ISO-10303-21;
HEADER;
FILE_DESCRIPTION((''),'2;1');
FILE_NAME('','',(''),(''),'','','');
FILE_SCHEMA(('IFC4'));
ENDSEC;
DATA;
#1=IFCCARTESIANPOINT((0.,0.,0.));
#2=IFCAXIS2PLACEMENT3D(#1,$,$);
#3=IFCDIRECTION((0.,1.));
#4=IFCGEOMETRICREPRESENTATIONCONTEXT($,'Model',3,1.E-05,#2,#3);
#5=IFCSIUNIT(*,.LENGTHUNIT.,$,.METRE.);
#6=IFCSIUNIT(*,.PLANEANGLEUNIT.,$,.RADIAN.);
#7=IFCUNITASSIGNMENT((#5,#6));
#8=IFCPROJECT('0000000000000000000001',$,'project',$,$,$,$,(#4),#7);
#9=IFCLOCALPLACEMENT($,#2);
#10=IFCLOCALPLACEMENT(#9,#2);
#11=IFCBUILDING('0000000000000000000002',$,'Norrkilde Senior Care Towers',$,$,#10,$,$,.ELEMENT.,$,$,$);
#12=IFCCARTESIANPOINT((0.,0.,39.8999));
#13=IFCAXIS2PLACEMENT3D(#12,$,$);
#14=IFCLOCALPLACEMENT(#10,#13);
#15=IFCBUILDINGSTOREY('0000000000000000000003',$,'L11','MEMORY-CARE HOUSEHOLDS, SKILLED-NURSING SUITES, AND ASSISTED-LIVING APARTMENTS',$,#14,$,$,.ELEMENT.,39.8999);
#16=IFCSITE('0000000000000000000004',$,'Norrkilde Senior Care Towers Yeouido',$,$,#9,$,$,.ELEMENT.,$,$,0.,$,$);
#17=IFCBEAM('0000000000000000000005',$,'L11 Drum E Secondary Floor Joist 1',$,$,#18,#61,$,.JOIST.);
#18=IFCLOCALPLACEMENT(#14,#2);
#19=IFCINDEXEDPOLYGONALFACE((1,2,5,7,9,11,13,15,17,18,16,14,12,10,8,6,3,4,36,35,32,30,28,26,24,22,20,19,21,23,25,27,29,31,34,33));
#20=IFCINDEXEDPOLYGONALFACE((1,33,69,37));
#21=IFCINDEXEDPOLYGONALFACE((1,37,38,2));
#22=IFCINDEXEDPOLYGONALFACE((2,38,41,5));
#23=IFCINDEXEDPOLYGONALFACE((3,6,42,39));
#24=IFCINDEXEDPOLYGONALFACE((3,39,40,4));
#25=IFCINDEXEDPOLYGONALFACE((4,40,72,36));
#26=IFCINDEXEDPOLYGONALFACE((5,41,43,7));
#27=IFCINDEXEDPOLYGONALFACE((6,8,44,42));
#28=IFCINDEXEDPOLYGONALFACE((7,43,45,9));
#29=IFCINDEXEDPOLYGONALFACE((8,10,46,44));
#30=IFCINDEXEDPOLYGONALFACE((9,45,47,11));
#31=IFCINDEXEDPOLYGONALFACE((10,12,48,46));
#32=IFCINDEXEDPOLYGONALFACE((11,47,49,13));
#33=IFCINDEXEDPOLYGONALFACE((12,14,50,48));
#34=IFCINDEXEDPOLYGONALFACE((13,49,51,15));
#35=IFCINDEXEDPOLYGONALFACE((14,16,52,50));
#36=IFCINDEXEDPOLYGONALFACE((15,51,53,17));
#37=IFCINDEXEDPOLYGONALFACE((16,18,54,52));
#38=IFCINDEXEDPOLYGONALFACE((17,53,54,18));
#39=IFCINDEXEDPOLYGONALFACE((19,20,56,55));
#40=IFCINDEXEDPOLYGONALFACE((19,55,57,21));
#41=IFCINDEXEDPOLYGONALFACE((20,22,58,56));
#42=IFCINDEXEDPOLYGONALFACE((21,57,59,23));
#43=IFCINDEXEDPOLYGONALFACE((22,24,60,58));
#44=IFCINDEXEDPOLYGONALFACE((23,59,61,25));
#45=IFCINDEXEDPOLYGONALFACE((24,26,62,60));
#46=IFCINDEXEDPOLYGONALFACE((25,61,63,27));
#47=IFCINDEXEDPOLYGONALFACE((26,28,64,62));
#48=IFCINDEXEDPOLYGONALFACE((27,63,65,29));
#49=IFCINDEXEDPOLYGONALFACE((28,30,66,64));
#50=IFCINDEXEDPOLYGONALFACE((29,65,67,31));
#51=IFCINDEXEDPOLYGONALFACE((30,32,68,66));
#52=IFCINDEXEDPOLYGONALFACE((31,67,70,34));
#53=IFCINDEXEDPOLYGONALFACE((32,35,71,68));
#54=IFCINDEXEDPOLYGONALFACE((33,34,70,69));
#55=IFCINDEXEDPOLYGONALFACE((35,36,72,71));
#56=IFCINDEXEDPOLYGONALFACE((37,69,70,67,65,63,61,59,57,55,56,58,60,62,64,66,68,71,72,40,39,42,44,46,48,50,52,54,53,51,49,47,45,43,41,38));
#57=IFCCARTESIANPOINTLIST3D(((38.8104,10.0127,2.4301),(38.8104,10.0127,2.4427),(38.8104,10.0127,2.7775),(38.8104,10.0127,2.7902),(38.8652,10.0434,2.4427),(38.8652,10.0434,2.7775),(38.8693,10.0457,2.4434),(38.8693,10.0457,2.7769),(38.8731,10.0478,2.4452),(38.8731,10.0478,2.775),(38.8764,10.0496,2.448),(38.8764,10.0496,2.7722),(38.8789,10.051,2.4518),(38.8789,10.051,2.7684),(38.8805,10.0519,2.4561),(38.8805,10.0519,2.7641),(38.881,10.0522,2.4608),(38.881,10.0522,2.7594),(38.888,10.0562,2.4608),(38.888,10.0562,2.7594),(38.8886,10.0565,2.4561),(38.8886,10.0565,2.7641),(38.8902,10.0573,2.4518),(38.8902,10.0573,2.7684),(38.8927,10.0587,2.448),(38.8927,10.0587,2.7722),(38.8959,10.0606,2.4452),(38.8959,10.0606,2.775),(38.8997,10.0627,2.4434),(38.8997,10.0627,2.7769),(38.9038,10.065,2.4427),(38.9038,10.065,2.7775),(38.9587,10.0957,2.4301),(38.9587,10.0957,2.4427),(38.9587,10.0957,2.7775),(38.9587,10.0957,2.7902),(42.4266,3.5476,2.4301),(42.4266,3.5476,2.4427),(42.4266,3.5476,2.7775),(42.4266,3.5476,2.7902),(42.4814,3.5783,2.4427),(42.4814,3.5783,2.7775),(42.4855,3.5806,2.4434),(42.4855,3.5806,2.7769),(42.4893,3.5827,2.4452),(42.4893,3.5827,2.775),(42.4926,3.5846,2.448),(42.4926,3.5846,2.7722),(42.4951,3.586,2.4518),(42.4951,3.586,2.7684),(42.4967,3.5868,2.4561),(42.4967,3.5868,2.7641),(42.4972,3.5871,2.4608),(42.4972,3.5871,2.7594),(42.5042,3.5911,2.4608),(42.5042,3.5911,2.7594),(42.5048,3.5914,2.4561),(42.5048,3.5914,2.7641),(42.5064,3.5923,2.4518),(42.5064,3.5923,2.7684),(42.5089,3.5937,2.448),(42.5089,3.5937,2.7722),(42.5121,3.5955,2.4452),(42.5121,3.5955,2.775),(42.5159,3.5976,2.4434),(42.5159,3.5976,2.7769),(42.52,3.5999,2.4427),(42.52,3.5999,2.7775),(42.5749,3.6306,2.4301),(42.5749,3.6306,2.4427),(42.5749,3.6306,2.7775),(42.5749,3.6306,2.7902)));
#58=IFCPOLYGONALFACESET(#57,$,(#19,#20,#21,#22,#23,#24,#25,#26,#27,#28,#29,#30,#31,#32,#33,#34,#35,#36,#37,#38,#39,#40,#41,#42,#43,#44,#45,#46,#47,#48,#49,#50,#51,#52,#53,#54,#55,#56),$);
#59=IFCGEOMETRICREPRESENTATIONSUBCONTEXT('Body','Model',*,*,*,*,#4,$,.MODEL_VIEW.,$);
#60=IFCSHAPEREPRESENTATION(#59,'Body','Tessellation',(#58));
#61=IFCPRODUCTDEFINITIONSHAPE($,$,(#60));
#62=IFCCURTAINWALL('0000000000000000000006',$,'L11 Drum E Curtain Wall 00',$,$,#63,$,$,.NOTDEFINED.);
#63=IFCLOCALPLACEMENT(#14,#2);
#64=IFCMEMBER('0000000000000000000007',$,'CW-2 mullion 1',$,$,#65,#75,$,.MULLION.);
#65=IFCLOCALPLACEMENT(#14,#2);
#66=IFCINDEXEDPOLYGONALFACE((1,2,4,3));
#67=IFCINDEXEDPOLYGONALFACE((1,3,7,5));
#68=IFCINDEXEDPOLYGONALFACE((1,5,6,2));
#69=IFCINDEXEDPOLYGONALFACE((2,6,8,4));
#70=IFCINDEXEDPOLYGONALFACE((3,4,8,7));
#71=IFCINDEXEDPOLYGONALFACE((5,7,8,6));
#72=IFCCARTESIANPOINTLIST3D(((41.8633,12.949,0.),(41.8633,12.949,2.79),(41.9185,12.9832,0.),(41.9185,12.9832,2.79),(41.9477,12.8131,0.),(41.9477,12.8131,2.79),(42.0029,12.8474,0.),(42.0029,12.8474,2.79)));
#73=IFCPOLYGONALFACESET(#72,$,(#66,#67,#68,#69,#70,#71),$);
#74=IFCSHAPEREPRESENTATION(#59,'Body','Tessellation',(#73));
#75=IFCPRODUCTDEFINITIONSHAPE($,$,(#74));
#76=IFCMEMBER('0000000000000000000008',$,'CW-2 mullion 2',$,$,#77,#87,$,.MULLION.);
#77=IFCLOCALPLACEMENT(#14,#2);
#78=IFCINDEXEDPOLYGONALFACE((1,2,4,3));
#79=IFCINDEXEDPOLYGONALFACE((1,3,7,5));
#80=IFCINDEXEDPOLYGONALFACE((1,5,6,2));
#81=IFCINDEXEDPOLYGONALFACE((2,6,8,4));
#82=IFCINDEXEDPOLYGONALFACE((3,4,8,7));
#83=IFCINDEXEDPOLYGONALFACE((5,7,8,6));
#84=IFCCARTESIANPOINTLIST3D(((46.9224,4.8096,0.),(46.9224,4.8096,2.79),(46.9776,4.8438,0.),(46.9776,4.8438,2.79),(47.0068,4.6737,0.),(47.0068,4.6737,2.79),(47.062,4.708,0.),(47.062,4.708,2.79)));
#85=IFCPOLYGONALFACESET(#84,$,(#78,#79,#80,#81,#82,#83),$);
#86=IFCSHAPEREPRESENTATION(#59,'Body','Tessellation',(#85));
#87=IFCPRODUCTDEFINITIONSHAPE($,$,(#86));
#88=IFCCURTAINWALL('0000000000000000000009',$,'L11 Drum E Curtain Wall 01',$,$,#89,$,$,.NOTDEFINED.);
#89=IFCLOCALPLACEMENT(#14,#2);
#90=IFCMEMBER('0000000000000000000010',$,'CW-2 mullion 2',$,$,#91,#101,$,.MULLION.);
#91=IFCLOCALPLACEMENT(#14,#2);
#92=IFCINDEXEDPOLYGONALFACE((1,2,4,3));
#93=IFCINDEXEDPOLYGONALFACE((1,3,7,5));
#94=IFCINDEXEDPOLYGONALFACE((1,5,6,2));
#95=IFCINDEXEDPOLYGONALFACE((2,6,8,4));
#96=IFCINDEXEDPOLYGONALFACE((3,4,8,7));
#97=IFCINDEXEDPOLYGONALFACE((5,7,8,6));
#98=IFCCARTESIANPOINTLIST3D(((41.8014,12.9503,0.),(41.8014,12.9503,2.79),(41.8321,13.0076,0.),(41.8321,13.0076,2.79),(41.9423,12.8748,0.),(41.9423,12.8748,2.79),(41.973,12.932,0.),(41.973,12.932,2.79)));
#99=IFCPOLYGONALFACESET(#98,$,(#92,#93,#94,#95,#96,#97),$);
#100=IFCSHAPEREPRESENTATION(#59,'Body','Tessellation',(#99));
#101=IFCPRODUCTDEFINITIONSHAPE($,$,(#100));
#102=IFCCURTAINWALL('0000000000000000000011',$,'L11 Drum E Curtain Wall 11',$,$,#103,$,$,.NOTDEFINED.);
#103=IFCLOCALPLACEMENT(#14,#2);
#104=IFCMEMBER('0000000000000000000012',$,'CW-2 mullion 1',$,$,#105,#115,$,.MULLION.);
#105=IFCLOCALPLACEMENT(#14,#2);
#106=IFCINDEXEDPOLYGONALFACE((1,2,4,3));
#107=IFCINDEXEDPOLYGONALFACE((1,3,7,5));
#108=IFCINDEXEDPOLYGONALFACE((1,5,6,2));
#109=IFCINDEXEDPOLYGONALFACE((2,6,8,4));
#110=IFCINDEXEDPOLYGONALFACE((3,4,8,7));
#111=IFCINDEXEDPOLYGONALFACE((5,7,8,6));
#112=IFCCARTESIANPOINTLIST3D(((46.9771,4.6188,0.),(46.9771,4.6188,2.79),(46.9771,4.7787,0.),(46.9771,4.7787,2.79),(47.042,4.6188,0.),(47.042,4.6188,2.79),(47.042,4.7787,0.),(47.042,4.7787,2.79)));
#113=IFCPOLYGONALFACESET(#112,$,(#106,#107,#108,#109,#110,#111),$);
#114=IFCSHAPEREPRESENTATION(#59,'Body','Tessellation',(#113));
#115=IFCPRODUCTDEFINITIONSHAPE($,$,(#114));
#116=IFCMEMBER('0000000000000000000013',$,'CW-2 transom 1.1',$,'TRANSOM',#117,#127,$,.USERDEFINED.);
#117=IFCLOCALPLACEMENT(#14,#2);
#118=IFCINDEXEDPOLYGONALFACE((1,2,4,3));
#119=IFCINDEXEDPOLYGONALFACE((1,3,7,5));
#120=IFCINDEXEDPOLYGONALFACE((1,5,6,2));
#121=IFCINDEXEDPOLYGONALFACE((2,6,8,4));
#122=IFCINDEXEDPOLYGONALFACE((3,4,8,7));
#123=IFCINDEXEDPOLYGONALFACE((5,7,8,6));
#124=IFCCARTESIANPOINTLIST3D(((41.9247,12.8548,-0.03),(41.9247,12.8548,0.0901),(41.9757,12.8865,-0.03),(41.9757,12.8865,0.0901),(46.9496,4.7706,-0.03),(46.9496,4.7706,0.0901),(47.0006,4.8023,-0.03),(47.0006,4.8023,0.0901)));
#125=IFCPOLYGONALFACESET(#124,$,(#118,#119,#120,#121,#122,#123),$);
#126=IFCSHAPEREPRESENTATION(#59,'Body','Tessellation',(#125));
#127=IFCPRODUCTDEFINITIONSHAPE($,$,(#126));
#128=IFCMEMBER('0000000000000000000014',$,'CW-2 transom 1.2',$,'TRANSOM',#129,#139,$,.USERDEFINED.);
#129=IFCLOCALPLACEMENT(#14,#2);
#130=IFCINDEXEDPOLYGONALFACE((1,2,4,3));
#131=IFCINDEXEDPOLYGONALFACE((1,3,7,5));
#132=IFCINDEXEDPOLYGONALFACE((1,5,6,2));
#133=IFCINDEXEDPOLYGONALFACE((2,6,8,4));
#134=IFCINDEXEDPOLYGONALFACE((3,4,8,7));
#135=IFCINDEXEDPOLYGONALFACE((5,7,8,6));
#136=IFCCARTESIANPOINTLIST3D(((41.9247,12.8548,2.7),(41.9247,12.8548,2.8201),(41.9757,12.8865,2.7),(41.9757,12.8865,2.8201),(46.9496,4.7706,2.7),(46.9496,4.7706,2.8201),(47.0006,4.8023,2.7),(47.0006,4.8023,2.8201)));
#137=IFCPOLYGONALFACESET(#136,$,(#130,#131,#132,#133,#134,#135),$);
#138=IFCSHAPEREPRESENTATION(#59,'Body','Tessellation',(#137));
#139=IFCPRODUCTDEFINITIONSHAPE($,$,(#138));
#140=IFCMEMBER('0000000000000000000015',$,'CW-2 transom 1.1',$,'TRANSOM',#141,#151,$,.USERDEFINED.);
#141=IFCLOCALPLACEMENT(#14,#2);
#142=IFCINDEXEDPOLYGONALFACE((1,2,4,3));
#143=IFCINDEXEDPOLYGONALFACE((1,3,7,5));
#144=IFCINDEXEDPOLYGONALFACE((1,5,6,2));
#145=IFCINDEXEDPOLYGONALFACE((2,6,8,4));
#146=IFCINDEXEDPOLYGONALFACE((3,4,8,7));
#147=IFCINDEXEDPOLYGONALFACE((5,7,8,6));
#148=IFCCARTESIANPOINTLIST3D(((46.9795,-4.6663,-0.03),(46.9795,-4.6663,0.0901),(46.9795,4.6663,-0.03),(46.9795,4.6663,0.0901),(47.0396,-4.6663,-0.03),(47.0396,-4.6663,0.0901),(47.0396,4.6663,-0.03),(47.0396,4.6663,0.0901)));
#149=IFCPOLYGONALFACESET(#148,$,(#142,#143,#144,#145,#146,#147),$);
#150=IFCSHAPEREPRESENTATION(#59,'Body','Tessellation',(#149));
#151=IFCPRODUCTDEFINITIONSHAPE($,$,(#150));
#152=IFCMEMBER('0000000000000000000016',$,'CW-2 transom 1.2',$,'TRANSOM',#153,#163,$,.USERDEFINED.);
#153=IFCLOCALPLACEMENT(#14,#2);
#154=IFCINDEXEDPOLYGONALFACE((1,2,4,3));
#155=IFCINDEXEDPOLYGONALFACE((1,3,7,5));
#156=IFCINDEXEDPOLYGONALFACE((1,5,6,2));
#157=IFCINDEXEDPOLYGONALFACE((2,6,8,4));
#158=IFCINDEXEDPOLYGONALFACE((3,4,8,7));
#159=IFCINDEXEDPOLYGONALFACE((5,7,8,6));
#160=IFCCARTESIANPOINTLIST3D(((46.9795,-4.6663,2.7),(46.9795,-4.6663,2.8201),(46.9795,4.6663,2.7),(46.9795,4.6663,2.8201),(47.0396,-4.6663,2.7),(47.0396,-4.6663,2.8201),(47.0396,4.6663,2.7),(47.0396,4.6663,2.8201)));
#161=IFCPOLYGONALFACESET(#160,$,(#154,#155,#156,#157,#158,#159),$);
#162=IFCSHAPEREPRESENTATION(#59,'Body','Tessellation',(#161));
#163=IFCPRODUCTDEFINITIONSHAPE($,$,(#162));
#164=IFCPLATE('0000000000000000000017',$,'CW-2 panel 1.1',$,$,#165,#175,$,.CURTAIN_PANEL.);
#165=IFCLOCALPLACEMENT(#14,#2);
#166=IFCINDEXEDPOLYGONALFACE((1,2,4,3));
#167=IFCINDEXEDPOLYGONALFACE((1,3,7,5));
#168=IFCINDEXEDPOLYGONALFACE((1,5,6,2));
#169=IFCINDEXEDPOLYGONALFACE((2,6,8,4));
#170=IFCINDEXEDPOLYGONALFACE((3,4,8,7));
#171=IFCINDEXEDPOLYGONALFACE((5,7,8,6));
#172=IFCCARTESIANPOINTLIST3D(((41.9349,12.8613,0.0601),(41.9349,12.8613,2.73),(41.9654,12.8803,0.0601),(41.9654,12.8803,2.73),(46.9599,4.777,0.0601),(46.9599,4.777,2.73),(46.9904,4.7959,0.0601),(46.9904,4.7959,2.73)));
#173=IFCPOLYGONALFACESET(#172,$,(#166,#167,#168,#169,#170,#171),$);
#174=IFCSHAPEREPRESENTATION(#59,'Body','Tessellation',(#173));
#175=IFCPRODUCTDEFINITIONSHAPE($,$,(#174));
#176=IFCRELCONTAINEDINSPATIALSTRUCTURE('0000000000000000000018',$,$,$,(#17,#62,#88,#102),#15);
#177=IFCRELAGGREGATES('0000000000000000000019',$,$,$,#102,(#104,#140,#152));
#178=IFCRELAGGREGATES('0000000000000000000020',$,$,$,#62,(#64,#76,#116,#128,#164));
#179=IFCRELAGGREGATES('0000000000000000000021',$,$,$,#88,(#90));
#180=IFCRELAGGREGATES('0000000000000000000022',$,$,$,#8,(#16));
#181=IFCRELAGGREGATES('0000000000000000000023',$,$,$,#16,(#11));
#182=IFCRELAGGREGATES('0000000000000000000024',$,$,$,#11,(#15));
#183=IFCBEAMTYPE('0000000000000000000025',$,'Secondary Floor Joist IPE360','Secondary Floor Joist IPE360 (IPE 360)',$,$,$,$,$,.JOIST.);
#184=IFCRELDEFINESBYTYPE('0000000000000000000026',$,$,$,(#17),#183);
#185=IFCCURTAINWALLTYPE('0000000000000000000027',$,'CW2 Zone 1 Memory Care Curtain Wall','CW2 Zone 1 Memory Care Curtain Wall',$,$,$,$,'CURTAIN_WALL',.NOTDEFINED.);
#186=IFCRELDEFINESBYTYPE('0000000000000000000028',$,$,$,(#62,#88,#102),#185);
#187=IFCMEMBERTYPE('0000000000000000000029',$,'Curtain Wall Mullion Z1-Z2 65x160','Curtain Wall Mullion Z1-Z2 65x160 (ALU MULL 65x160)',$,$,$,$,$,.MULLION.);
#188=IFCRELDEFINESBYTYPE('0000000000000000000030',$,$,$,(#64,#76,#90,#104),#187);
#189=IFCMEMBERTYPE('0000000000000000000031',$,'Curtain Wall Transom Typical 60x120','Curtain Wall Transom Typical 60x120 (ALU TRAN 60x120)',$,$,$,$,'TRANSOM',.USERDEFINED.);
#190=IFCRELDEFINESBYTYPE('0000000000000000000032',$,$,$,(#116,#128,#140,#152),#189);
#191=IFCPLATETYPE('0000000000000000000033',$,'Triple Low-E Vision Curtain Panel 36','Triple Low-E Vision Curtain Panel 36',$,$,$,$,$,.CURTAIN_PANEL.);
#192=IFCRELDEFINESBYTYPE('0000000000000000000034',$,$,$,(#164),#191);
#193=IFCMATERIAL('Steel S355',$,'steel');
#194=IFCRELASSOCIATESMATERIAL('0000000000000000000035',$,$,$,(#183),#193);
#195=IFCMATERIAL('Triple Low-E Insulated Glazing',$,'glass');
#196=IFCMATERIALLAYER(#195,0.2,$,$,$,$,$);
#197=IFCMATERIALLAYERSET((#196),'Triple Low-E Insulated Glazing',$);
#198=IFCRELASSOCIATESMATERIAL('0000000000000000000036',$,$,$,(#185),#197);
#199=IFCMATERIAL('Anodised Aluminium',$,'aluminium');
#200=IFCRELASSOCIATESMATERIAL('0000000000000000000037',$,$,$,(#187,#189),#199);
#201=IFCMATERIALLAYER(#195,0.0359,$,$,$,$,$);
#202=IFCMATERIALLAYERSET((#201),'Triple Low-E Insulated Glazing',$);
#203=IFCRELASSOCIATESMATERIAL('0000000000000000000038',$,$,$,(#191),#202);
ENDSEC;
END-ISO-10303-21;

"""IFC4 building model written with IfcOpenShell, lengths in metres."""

from ifc_helpers import new_model, si_unit, direction, frame, origin, origin_2d, place, context, subcontext, project, spatial, rectangle, i_section, extrude, source, transform, mapped, material, layer, layer_set, material_profile, profile_set, type_object, type_shapes, element, aggregate, save


model = new_model("IFC4")

# Units and contexts
model_context = context("Model", 3, precision=1e-05, world=origin(), true_north=direction((0.0, 1.0)))
body_context = subcontext(model_context, "Body", "Model", "MODEL_VIEW")
ifc_project = project(units=[si_unit("LENGTHUNIT", "METRE"), si_unit("PLANEANGLEUNIT", "RADIAN")], contexts=[model_context])

# Site, building, storey
site_placement = place(None, origin())
site = spatial("IfcSite", under=ifc_project, at=site_placement, Name="Norrkilde Senior Care Towers Yeouido", CompositionType="ELEMENT", RefElevation=0.0)
building_placement = place(site_placement, origin())
building = spatial("IfcBuilding", under=site, at=building_placement, Name="Norrkilde Senior Care Towers", CompositionType="ELEMENT")
storey_placement = place(building_placement, frame((0.0, 0.0, 39.8999)))
storey = spatial("IfcBuildingStorey", under=building, at=storey_placement, Name="L11", Description="MEMORY-CARE HOUSEHOLDS, SKILLED-NURSING SUITES, AND ASSISTED-LIVING APARTMENTS", CompositionType="ELEMENT", Elevation=39.8999)

# Beam
ifc_material_1 = material(Name="Steel S355", Category="steel")
ifc_material_profile_1 = material_profile(ifc_material_1, i_section(OverallWidth=0.1699, OverallDepth=0.3601, WebThickness=0.0081, FlangeThickness=0.0127, FilletRadius=0.0181, at=origin_2d()), Name="IPE 360")
ifc_profile_set_1 = profile_set([ifc_material_profile_1], Name="Steel S355")
beam_type_1 = type_object("IfcBeamType", Name="Secondary Floor Joist IPE360", Description="Secondary Floor Joist IPE360 (IPE 360)", PredefinedType="JOIST", material=ifc_profile_set_1)
shared_shape_1 = source(origin(), body_context, "Body", "SweptSolid", [
    extrude(i_section(OverallWidth=0.1699, OverallDepth=0.3601, WebThickness=0.0081, FlangeThickness=0.0127, FilletRadius=0.0181, at=origin_2d()), origin(), (0.0, 0.0, 1.0), 7.4077),
])
type_shapes(beam_type_1, [shared_shape_1])
beam_1_placement = place(storey_placement, frame((42.5007, 3.5891, 2.6101), z_axis=(-0.488168, 0.87275, 0.0), x_axis=(-0.87275, -0.488168, 0.0)))
element("IfcBeam", 1, at=beam_1_placement, inside=storey, type_object=beam_type_1, Name="L11 Drum E Secondary Floor Joist 1", PredefinedType="JOIST", context=body_context, shape_type="MappedRepresentation", body=[
    mapped(shared_shape_1, transform((0.0, 0.0, 0.0), x_axis=(1.0, 0.0, 0.0), y_axis=(0.0, 1.0, 0.0), z_axis=(0.0, 0.0, 1.0), scale=1.0)),
])

# Curtain wall, members
ifc_material_2 = material(Name="Triple Low-E Insulated Glazing", Category="glass")
ifc_layer_1 = layer(ifc_material_2, 0.2)
ifc_layer_set_1 = layer_set([ifc_layer_1], Name="Triple Low-E Insulated Glazing")
curtain_wall_type = type_object("IfcCurtainWallType", Name="CW2 Zone 1 Memory Care Curtain Wall", Description="CW2 Zone 1 Memory Care Curtain Wall", ElementType="CURTAIN_WALL", PredefinedType="NOTDEFINED", material=ifc_layer_set_1)
curtain_wall_1_placement = place(storey_placement, origin())
curtain_wall_1 = element("IfcCurtainWall", 2, at=curtain_wall_1_placement, inside=storey, type_object=curtain_wall_type, Name="L11 Drum E Curtain Wall 00", PredefinedType="NOTDEFINED")
ifc_material_3 = material(Name="Anodised Aluminium", Category="aluminium")
ifc_material_profile_2 = material_profile(ifc_material_3, rectangle(XDim=0.0649, YDim=0.1599, at=origin_2d()), Name="ALU MULL 65x160")
ifc_profile_set_2 = profile_set([ifc_material_profile_2], Name="Anodised Aluminium")
member_type_1 = type_object("IfcMemberType", Name="Curtain Wall Mullion Z1-Z2 65x160", Description="Curtain Wall Mullion Z1-Z2 65x160 (ALU MULL 65x160)", PredefinedType="MULLION", material=ifc_profile_set_2)
shared_shape_2 = source(origin(), body_context, "Body", "SweptSolid", [
    extrude(rectangle(XDim=0.0649, YDim=0.1599, at=origin_2d()), origin(), (0.0, 0.0, 1.0), 2.79),
])
type_shapes(member_type_1, [shared_shape_2])
member_1_placement = place(storey_placement, frame((41.9331, 12.8982, 0.0), z_axis=(0.0, 0.0, 1.0), x_axis=(0.849306, 0.527901, 0.0)))
member_1 = element("IfcMember", 3, at=member_1_placement, type_object=member_type_1, Name="CW-2 mullion 1", PredefinedType="MULLION", context=body_context, shape_type="MappedRepresentation", body=[
    mapped(shared_shape_2, transform((0.0, 0.0, 0.0), x_axis=(1.0, 0.0, 0.0), y_axis=(0.0, 1.0, 0.0), z_axis=(0.0, 0.0, 1.0), scale=1.0)),
])
member_2_placement = place(storey_placement, frame((46.9922, 4.7588, 0.0), z_axis=(0.0, 0.0, 1.0), x_axis=(0.849306, 0.527901, 0.0)))
member_2 = element("IfcMember", 4, at=member_2_placement, type_object=member_type_1, Name="CW-2 mullion 2", PredefinedType="MULLION", context=body_context, shape_type="MappedRepresentation", body=[
    mapped(shared_shape_2, transform((0.0, 0.0, 0.0), x_axis=(1.0, 0.0, 0.0), y_axis=(0.0, 1.0, 0.0), z_axis=(0.0, 0.0, 1.0), scale=1.0)),
])

# Curtain walls, members
curtain_wall_2_placement = place(storey_placement, origin())
curtain_wall_2 = element("IfcCurtainWall", 5, at=curtain_wall_2_placement, inside=storey, type_object=curtain_wall_type, Name="L11 Drum E Curtain Wall 01", PredefinedType="NOTDEFINED")
member_3_placement = place(storey_placement, frame((41.8872, 12.9412, 0.0), z_axis=(0.0, 0.0, 1.0), x_axis=(0.472608, 0.881273, 0.0)))
member_3 = element("IfcMember", 6, at=member_3_placement, type_object=member_type_1, Name="CW-2 mullion 2", PredefinedType="MULLION", context=body_context, shape_type="MappedRepresentation", body=[
    mapped(shared_shape_2, transform((0.0, 0.0, 0.0), x_axis=(1.0, 0.0, 0.0), y_axis=(0.0, 1.0, 0.0), z_axis=(0.0, 0.0, 1.0), scale=1.0)),
])
curtain_wall_3_placement = place(storey_placement, origin())
curtain_wall_3 = element("IfcCurtainWall", 7, at=curtain_wall_3_placement, inside=storey, type_object=curtain_wall_type, Name="L11 Drum E Curtain Wall 11", PredefinedType="NOTDEFINED")
member_4_placement = place(storey_placement, frame((47.0095, 4.6987, 0.0), z_axis=(0.0, 0.0, 1.0), x_axis=(1.0, 0.0, 0.0)))
member_4 = element("IfcMember", 8, at=member_4_placement, type_object=member_type_1, Name="CW-2 mullion 1", PredefinedType="MULLION", context=body_context, shape_type="MappedRepresentation", body=[
    mapped(shared_shape_2, transform((0.0, 0.0, 0.0), x_axis=(1.0, 0.0, 0.0), y_axis=(0.0, 1.0, 0.0), z_axis=(0.0, 0.0, 1.0), scale=1.0)),
])

# Members
ifc_material_profile_3 = material_profile(ifc_material_3, rectangle(XDim=0.0601, YDim=0.1201, at=origin_2d()), Name="ALU TRAN 60x120")
ifc_profile_set_3 = profile_set([ifc_material_profile_3], Name="Anodised Aluminium")
member_type_2 = type_object("IfcMemberType", Name="Curtain Wall Transom Typical 60x120", Description="Curtain Wall Transom Typical 60x120 (ALU TRAN 60x120)", ElementType="TRANSOM", PredefinedType="USERDEFINED", material=ifc_profile_set_3)
shared_shape_3 = source(origin(), body_context, "Body", "SweptSolid", [
    extrude(rectangle(XDim=0.0601, YDim=0.1201, at=origin_2d()), origin(), (0.0, 0.0, 1.0), 9.5186),
])
member_5_placement = place(storey_placement, frame((41.9502, 12.8706, 0.03), z_axis=(0.527902, -0.849306, 0.0), x_axis=(0.849306, 0.527902, 0.0)))
member_5 = element("IfcMember", 9, at=member_5_placement, type_object=member_type_2, Name="CW-2 transom 1.1", ObjectType="TRANSOM", PredefinedType="USERDEFINED", context=body_context, shape_type="MappedRepresentation", body=[
    mapped(shared_shape_3, transform((0.0, 0.0, 0.0), x_axis=(1.0, 0.0, 0.0), y_axis=(0.0, 1.0, 0.0), z_axis=(0.0, 0.0, 1.0), scale=1.0)),
])
member_6_placement = place(storey_placement, frame((41.9502, 12.8706, 2.76), z_axis=(0.527902, -0.849306, 0.0), x_axis=(0.849306, 0.527902, 0.0)))
member_6 = element("IfcMember", 10, at=member_6_placement, type_object=member_type_2, Name="CW-2 transom 1.2", ObjectType="TRANSOM", PredefinedType="USERDEFINED", context=body_context, shape_type="MappedRepresentation", body=[
    mapped(shared_shape_3, transform((0.0, 0.0, 0.0), x_axis=(1.0, 0.0, 0.0), y_axis=(0.0, 1.0, 0.0), z_axis=(0.0, 0.0, 1.0), scale=1.0)),
])
shared_shape_4 = source(origin(), body_context, "Body", "SweptSolid", [
    extrude(rectangle(XDim=0.0601, YDim=0.1201, at=origin_2d()), origin(), (0.0, 0.0, 1.0), 9.3325),
])
type_shapes(member_type_2, [shared_shape_3, shared_shape_4])
member_7_placement = place(storey_placement, frame((47.0095, 4.6663, 0.03), z_axis=(0.0, -1.0, 0.0), x_axis=(1.0, 0.0, 0.0)))
member_7 = element("IfcMember", 11, at=member_7_placement, type_object=member_type_2, Name="CW-2 transom 1.1", ObjectType="TRANSOM", PredefinedType="USERDEFINED", context=body_context, shape_type="MappedRepresentation", body=[
    mapped(shared_shape_4, transform((0.0, 0.0, 0.0), x_axis=(1.0, 0.0, 0.0), y_axis=(0.0, 1.0, 0.0), z_axis=(0.0, 0.0, 1.0), scale=1.0)),
])
member_8_placement = place(storey_placement, frame((47.0095, 4.6663, 2.76), z_axis=(0.0, -1.0, 0.0), x_axis=(1.0, 0.0, 0.0)))
member_8 = element("IfcMember", 12, at=member_8_placement, type_object=member_type_2, Name="CW-2 transom 1.2", ObjectType="TRANSOM", PredefinedType="USERDEFINED", context=body_context, shape_type="MappedRepresentation", body=[
    mapped(shared_shape_4, transform((0.0, 0.0, 0.0), x_axis=(1.0, 0.0, 0.0), y_axis=(0.0, 1.0, 0.0), z_axis=(0.0, 0.0, 1.0), scale=1.0)),
])
aggregate(curtain_wall_3, [member_4, member_7, member_8])

# Plate
ifc_layer_2 = layer(ifc_material_2, 0.0359)
ifc_layer_set_2 = layer_set([ifc_layer_2], Name="Triple Low-E Insulated Glazing")
plate_type = type_object("IfcPlateType", Name="Triple Low-E Vision Curtain Panel 36", Description="Triple Low-E Vision Curtain Panel 36", PredefinedType="CURTAIN_PANEL", material=ifc_layer_set_2)
shared_shape_5 = source(origin(), body_context, "Body", "SweptSolid", [
    extrude(rectangle(XDim=9.5188, YDim=0.0359, at=origin_2d()), origin(), (0.0, 0.0, 1.0), 2.6699),
])
plate_1_placement = place(storey_placement, frame((44.4626, 8.8286, 0.0601), z_axis=(0.0, 0.0, 1.0), x_axis=(0.527901, -0.849306, 0.0)))
plate_1 = element("IfcPlate", 13, at=plate_1_placement, type_object=plate_type, Name="CW-2 panel 1.1", PredefinedType="CURTAIN_PANEL", context=body_context, shape_type="MappedRepresentation", body=[
    mapped(shared_shape_5, transform((0.0, 0.0, 0.0), x_axis=(1.0, 0.0, 0.0), y_axis=(0.0, 1.0, 0.0), z_axis=(0.0, 0.0, 1.0), scale=1.0)),
])
aggregate(curtain_wall_1, [member_1, member_2, member_5, member_6, plate_1])
aggregate(curtain_wall_2, [member_3])

save(model, "model.ifc")
